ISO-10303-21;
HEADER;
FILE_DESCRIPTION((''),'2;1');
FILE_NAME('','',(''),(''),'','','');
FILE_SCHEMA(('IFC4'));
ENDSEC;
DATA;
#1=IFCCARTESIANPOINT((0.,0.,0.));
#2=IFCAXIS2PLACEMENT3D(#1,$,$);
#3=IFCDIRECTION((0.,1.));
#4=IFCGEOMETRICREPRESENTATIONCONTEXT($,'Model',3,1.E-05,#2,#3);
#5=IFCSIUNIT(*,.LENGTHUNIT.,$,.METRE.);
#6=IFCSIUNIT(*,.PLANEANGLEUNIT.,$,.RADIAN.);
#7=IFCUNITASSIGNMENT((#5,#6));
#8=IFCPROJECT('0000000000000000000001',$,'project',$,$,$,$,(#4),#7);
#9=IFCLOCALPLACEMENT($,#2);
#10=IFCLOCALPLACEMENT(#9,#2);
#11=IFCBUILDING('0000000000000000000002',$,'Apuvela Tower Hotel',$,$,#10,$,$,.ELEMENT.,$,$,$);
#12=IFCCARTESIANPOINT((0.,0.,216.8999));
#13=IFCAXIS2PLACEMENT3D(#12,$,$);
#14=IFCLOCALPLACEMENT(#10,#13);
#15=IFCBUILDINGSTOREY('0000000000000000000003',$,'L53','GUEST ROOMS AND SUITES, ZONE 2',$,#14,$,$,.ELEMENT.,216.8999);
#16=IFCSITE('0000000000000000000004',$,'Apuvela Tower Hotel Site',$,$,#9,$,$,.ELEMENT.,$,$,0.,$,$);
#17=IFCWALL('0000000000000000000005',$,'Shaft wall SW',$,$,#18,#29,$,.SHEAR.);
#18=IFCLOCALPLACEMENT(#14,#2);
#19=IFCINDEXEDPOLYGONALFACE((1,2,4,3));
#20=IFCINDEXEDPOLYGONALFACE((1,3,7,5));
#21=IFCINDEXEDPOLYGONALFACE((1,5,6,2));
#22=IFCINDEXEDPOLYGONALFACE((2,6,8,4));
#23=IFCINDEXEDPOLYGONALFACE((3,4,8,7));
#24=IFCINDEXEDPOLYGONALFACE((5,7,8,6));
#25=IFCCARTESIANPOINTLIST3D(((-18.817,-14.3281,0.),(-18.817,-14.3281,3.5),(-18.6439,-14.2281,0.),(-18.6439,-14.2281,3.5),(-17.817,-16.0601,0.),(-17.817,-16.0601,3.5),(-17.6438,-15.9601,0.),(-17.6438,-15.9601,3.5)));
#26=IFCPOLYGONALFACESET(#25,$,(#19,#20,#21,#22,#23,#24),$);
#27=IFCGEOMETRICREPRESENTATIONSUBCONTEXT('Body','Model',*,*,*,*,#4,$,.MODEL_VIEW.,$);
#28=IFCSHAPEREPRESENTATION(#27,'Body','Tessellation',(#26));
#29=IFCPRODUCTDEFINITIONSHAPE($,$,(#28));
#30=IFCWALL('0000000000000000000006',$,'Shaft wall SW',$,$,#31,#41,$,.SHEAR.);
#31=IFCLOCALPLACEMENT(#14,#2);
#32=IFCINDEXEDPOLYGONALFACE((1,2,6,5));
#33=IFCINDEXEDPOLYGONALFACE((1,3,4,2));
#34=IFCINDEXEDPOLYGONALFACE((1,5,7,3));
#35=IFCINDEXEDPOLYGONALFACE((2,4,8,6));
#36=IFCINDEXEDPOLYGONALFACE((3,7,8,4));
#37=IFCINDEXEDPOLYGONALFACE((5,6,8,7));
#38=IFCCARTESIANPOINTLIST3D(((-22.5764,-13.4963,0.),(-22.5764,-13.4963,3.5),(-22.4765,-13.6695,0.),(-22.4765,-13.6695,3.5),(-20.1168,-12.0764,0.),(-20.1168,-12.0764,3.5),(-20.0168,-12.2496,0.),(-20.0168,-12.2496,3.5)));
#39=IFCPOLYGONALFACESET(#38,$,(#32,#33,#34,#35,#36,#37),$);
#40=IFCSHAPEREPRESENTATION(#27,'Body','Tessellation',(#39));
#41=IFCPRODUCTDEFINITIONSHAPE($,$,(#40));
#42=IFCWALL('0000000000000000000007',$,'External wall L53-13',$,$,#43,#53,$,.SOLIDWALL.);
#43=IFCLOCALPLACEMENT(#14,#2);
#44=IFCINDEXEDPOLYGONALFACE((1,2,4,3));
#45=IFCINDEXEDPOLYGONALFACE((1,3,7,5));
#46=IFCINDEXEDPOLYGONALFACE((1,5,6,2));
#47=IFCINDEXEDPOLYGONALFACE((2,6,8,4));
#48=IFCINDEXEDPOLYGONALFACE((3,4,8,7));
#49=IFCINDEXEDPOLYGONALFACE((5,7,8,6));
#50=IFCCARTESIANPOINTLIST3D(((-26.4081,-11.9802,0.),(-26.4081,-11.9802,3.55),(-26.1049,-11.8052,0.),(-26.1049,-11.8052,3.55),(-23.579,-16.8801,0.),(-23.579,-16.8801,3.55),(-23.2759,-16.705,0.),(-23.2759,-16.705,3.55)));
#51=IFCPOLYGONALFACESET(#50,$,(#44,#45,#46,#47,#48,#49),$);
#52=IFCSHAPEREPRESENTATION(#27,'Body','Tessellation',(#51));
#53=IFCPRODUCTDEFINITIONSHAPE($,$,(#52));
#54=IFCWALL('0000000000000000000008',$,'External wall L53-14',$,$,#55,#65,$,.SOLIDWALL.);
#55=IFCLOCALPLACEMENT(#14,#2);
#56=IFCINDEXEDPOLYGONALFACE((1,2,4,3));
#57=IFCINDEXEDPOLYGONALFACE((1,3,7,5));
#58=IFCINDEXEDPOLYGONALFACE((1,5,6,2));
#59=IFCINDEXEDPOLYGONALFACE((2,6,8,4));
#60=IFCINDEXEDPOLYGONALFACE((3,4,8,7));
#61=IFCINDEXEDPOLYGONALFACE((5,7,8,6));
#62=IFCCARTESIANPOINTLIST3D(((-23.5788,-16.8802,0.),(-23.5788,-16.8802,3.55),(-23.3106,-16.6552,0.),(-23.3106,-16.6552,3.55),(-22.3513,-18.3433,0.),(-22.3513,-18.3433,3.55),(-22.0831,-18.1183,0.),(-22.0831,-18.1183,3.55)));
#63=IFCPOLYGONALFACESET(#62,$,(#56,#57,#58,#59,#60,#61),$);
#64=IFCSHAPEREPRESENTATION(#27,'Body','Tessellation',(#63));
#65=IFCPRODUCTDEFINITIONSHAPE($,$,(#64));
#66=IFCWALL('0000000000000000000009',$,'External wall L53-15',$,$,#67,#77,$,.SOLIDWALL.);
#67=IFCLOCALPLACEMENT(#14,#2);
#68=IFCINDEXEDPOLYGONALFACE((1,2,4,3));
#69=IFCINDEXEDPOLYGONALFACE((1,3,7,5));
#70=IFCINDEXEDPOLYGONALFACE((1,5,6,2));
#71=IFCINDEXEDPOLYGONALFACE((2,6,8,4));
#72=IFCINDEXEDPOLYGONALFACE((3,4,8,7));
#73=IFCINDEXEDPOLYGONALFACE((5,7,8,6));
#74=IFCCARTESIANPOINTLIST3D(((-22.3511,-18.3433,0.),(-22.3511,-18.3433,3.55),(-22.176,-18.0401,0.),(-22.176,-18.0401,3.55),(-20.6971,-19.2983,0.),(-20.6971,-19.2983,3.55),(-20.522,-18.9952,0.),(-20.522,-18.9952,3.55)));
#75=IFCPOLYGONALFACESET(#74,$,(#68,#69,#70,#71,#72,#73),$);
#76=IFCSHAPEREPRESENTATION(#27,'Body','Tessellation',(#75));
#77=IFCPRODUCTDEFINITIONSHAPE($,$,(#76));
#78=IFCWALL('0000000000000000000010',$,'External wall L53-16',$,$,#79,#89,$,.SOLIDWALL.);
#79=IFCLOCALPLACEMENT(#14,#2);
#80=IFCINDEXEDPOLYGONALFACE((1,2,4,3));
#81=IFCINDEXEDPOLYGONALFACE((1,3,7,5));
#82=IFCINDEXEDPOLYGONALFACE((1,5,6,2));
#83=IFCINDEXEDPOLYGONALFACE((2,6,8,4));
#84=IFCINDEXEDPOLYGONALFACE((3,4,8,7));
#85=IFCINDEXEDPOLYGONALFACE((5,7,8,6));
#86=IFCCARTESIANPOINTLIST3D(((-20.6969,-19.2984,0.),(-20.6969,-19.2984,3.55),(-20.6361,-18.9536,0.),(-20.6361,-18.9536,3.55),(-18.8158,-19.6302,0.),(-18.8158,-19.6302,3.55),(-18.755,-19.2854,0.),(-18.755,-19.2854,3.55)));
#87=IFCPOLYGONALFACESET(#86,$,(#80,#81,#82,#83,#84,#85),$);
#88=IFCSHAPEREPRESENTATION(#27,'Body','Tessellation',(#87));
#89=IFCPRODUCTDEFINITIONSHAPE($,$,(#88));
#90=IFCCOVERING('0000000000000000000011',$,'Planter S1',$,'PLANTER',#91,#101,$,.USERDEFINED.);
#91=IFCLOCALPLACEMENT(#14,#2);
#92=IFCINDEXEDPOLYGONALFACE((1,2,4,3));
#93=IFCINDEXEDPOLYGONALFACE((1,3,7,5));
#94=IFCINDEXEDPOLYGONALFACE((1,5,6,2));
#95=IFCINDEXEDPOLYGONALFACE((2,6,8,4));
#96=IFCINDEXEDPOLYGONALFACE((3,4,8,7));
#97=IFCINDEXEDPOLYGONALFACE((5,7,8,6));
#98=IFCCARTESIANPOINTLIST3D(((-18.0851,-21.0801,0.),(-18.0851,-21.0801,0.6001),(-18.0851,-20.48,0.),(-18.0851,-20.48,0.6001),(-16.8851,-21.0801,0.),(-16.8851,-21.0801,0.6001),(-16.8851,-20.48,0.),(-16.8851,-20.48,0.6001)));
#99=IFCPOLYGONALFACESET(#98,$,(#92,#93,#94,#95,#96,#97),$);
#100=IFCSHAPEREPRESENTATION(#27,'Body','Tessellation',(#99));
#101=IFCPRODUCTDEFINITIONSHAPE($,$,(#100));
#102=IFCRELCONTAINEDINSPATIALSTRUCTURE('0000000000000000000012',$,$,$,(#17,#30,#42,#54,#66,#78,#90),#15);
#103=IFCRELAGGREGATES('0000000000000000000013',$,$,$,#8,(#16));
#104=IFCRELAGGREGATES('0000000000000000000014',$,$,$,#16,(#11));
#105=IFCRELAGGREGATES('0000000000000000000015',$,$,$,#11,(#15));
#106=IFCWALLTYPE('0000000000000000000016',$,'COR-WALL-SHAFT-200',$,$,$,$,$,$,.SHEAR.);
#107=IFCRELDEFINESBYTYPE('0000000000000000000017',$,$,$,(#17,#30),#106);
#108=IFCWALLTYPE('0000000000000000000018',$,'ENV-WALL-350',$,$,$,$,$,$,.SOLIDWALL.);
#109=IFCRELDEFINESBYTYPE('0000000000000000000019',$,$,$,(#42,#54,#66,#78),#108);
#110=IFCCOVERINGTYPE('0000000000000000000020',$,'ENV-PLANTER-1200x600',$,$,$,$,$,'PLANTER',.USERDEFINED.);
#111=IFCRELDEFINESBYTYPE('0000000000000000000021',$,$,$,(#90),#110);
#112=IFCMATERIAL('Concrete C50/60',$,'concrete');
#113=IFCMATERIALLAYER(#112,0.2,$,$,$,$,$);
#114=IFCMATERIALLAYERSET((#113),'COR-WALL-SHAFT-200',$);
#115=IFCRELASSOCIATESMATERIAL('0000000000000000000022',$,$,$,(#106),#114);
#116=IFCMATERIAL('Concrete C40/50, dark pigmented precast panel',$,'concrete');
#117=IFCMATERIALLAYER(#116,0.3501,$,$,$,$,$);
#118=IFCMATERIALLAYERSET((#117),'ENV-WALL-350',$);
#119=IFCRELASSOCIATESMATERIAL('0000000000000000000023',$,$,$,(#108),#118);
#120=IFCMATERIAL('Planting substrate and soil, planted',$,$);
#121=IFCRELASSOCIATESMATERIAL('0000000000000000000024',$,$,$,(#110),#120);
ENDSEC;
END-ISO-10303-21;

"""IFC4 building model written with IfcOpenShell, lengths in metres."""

from ifc_helpers import new_model, si_unit, direction, frame, frame_2d, origin, origin_2d, place, context, subcontext, project, spatial, rectangle, extrude, material, layer, layer_set, type_object, element, save


model = new_model("IFC4")

# Units and contexts
model_context = context("Model", 3, precision=1e-05, world=origin(), true_north=direction((0.0, 1.0)))
body_context = subcontext(model_context, "Body", "Model", "MODEL_VIEW")
ifc_project = project(units=[si_unit("LENGTHUNIT", "METRE"), si_unit("PLANEANGLEUNIT", "RADIAN")], contexts=[model_context])

# Site, building, storey
site_placement = place(None, origin())
site = spatial("IfcSite", under=ifc_project, at=site_placement, Name="Apuvela Tower Hotel Site", CompositionType="ELEMENT", RefElevation=0.0)
building_placement = place(site_placement, origin())
building = spatial("IfcBuilding", under=site, at=building_placement, Name="Apuvela Tower Hotel", CompositionType="ELEMENT")
storey_placement = place(building_placement, frame((0.0, 0.0, 216.8999)))
storey = spatial("IfcBuildingStorey", under=building, at=storey_placement, Name="L53", Description="GUEST ROOMS AND SUITES, ZONE 2", CompositionType="ELEMENT", Elevation=216.8999)

# Shared definitions
ifc_material_1 = material(Name="Concrete C50/60", Category="concrete")
ifc_layer_1 = layer(ifc_material_1, 0.2)
ifc_layer_set_1 = layer_set([ifc_layer_1], Name="COR-WALL-SHAFT-200")
wall_type_1 = type_object("IfcWallType", Name="COR-WALL-SHAFT-200", PredefinedType="SHEAR", material=ifc_layer_set_1)

# Walls
for number, where, z_axis, x_axis, name in (
    (1, (-18.7305, -14.2781, 0.0), (0.0, 0.0, 1.0), (0.500025, -0.866011, 0.0), "Shaft wall SW"),
):
    element("IfcWall", number, at=place(storey_placement, frame(where, z_axis=z_axis, x_axis=x_axis)), inside=storey, type_object=wall_type_1, Name=name, PredefinedType="SHEAR", context=body_context, shape_type="SweptSolid", body=[
        extrude(rectangle(XDim=2.0, YDim=0.2, at=frame_2d((1.0, 0.0))), origin(), (0.0, 0.0, 1.0), 3.5),
    ])
wall_1_placement = place(storey_placement, frame((-20.0669, -12.1631, 0.0), z_axis=(0.0, 0.0, 1.0), x_axis=(-0.866055, -0.499948, 0.0)))
element("IfcWall", 2, at=wall_1_placement, inside=storey, type_object=wall_type_1, Name="Shaft wall SW", PredefinedType="SHEAR", context=body_context, shape_type="SweptSolid", body=[
    extrude(rectangle(XDim=2.8401, YDim=0.2, at=frame_2d((1.4199, 0.0))), origin(), (0.0, 0.0, 1.0), 3.5),
])
ifc_material_2 = material(Name="Concrete C40/50, dark pigmented precast panel", Category="concrete")
ifc_layer_2 = layer(ifc_material_2, 0.3501)
ifc_layer_set_2 = layer_set([ifc_layer_2], Name="ENV-WALL-350")
wall_type_2 = type_object("IfcWallType", Name="ENV-WALL-350", PredefinedType="SOLIDWALL", material=ifc_layer_set_2)
wall_2_placement = place(storey_placement, frame((-26.2566, -11.8926, 0.0), z_axis=(0.0, 0.0, 1.0), x_axis=(0.500019, -0.866015, 0.0)))
element("IfcWall", 3, at=wall_2_placement, inside=storey, type_object=wall_type_2, Name="External wall L53-13", PredefinedType="SOLIDWALL", context=body_context, shape_type="SweptSolid", body=[
    extrude(rectangle(XDim=5.658, YDim=0.3501, at=frame_2d((2.8291, 0.0))), origin(), (0.0, 0.0, 1.0), 3.55),
])
for number, where, z_axis, x_axis, name in (
    (4, (-23.4448, -16.7676, 0.0), (0.0, 0.0, 1.0), (0.642733, -0.76609, 0.0), "External wall L53-14"),
    (5, (-22.2637, -18.1917, 0.0), (0.0, 0.0, 1.0), (0.866, -0.500043, 0.0), "External wall L53-15"),
):
    element("IfcWall", number, at=place(storey_placement, frame(where, z_axis=z_axis, x_axis=x_axis)), inside=storey, type_object=wall_type_2, Name=name, PredefinedType="SOLIDWALL", context=body_context, shape_type="SweptSolid", body=[
        extrude(rectangle(XDim=1.9099, YDim=0.3501, at=frame_2d((0.9551, 0.0))), origin(), (0.0, 0.0, 1.0), 3.55),
    ])
wall_3_placement = place(storey_placement, frame((-20.6665, -19.126, 0.0), z_axis=(0.0, 0.0, 1.0), x_axis=(0.984799, -0.173698, 0.0)))
element("IfcWall", 6, at=wall_3_placement, inside=storey, type_object=wall_type_2, Name="External wall L53-16", PredefinedType="SOLIDWALL", context=body_context, shape_type="SweptSolid", body=[
    extrude(rectangle(XDim=1.9102, YDim=0.3501, at=frame_2d((0.9551, 0.0))), origin(), (0.0, 0.0, 1.0), 3.55),
])

# Covering
ifc_material_3 = material(Name="Planting substrate and soil, planted")
covering_type = type_object("IfcCoveringType", Name="ENV-PLANTER-1200x600", ElementType="PLANTER", PredefinedType="USERDEFINED", material=ifc_material_3)
covering_placement = place(storey_placement, frame((-17.4851, -20.78, 0.0), z_axis=(0.0, 0.0, 1.0), x_axis=(1.0, 0.0, 0.0)))
element("IfcCovering", 7, at=covering_placement, inside=storey, type_object=covering_type, Name="Planter S1", ObjectType="PLANTER", PredefinedType="USERDEFINED", context=body_context, shape_type="SweptSolid", body=[
    extrude(rectangle(XDim=1.2, YDim=0.6001, at=origin_2d()), origin(), (0.0, 0.0, 1.0), 0.6001),
])

save(model, "model.ifc")
